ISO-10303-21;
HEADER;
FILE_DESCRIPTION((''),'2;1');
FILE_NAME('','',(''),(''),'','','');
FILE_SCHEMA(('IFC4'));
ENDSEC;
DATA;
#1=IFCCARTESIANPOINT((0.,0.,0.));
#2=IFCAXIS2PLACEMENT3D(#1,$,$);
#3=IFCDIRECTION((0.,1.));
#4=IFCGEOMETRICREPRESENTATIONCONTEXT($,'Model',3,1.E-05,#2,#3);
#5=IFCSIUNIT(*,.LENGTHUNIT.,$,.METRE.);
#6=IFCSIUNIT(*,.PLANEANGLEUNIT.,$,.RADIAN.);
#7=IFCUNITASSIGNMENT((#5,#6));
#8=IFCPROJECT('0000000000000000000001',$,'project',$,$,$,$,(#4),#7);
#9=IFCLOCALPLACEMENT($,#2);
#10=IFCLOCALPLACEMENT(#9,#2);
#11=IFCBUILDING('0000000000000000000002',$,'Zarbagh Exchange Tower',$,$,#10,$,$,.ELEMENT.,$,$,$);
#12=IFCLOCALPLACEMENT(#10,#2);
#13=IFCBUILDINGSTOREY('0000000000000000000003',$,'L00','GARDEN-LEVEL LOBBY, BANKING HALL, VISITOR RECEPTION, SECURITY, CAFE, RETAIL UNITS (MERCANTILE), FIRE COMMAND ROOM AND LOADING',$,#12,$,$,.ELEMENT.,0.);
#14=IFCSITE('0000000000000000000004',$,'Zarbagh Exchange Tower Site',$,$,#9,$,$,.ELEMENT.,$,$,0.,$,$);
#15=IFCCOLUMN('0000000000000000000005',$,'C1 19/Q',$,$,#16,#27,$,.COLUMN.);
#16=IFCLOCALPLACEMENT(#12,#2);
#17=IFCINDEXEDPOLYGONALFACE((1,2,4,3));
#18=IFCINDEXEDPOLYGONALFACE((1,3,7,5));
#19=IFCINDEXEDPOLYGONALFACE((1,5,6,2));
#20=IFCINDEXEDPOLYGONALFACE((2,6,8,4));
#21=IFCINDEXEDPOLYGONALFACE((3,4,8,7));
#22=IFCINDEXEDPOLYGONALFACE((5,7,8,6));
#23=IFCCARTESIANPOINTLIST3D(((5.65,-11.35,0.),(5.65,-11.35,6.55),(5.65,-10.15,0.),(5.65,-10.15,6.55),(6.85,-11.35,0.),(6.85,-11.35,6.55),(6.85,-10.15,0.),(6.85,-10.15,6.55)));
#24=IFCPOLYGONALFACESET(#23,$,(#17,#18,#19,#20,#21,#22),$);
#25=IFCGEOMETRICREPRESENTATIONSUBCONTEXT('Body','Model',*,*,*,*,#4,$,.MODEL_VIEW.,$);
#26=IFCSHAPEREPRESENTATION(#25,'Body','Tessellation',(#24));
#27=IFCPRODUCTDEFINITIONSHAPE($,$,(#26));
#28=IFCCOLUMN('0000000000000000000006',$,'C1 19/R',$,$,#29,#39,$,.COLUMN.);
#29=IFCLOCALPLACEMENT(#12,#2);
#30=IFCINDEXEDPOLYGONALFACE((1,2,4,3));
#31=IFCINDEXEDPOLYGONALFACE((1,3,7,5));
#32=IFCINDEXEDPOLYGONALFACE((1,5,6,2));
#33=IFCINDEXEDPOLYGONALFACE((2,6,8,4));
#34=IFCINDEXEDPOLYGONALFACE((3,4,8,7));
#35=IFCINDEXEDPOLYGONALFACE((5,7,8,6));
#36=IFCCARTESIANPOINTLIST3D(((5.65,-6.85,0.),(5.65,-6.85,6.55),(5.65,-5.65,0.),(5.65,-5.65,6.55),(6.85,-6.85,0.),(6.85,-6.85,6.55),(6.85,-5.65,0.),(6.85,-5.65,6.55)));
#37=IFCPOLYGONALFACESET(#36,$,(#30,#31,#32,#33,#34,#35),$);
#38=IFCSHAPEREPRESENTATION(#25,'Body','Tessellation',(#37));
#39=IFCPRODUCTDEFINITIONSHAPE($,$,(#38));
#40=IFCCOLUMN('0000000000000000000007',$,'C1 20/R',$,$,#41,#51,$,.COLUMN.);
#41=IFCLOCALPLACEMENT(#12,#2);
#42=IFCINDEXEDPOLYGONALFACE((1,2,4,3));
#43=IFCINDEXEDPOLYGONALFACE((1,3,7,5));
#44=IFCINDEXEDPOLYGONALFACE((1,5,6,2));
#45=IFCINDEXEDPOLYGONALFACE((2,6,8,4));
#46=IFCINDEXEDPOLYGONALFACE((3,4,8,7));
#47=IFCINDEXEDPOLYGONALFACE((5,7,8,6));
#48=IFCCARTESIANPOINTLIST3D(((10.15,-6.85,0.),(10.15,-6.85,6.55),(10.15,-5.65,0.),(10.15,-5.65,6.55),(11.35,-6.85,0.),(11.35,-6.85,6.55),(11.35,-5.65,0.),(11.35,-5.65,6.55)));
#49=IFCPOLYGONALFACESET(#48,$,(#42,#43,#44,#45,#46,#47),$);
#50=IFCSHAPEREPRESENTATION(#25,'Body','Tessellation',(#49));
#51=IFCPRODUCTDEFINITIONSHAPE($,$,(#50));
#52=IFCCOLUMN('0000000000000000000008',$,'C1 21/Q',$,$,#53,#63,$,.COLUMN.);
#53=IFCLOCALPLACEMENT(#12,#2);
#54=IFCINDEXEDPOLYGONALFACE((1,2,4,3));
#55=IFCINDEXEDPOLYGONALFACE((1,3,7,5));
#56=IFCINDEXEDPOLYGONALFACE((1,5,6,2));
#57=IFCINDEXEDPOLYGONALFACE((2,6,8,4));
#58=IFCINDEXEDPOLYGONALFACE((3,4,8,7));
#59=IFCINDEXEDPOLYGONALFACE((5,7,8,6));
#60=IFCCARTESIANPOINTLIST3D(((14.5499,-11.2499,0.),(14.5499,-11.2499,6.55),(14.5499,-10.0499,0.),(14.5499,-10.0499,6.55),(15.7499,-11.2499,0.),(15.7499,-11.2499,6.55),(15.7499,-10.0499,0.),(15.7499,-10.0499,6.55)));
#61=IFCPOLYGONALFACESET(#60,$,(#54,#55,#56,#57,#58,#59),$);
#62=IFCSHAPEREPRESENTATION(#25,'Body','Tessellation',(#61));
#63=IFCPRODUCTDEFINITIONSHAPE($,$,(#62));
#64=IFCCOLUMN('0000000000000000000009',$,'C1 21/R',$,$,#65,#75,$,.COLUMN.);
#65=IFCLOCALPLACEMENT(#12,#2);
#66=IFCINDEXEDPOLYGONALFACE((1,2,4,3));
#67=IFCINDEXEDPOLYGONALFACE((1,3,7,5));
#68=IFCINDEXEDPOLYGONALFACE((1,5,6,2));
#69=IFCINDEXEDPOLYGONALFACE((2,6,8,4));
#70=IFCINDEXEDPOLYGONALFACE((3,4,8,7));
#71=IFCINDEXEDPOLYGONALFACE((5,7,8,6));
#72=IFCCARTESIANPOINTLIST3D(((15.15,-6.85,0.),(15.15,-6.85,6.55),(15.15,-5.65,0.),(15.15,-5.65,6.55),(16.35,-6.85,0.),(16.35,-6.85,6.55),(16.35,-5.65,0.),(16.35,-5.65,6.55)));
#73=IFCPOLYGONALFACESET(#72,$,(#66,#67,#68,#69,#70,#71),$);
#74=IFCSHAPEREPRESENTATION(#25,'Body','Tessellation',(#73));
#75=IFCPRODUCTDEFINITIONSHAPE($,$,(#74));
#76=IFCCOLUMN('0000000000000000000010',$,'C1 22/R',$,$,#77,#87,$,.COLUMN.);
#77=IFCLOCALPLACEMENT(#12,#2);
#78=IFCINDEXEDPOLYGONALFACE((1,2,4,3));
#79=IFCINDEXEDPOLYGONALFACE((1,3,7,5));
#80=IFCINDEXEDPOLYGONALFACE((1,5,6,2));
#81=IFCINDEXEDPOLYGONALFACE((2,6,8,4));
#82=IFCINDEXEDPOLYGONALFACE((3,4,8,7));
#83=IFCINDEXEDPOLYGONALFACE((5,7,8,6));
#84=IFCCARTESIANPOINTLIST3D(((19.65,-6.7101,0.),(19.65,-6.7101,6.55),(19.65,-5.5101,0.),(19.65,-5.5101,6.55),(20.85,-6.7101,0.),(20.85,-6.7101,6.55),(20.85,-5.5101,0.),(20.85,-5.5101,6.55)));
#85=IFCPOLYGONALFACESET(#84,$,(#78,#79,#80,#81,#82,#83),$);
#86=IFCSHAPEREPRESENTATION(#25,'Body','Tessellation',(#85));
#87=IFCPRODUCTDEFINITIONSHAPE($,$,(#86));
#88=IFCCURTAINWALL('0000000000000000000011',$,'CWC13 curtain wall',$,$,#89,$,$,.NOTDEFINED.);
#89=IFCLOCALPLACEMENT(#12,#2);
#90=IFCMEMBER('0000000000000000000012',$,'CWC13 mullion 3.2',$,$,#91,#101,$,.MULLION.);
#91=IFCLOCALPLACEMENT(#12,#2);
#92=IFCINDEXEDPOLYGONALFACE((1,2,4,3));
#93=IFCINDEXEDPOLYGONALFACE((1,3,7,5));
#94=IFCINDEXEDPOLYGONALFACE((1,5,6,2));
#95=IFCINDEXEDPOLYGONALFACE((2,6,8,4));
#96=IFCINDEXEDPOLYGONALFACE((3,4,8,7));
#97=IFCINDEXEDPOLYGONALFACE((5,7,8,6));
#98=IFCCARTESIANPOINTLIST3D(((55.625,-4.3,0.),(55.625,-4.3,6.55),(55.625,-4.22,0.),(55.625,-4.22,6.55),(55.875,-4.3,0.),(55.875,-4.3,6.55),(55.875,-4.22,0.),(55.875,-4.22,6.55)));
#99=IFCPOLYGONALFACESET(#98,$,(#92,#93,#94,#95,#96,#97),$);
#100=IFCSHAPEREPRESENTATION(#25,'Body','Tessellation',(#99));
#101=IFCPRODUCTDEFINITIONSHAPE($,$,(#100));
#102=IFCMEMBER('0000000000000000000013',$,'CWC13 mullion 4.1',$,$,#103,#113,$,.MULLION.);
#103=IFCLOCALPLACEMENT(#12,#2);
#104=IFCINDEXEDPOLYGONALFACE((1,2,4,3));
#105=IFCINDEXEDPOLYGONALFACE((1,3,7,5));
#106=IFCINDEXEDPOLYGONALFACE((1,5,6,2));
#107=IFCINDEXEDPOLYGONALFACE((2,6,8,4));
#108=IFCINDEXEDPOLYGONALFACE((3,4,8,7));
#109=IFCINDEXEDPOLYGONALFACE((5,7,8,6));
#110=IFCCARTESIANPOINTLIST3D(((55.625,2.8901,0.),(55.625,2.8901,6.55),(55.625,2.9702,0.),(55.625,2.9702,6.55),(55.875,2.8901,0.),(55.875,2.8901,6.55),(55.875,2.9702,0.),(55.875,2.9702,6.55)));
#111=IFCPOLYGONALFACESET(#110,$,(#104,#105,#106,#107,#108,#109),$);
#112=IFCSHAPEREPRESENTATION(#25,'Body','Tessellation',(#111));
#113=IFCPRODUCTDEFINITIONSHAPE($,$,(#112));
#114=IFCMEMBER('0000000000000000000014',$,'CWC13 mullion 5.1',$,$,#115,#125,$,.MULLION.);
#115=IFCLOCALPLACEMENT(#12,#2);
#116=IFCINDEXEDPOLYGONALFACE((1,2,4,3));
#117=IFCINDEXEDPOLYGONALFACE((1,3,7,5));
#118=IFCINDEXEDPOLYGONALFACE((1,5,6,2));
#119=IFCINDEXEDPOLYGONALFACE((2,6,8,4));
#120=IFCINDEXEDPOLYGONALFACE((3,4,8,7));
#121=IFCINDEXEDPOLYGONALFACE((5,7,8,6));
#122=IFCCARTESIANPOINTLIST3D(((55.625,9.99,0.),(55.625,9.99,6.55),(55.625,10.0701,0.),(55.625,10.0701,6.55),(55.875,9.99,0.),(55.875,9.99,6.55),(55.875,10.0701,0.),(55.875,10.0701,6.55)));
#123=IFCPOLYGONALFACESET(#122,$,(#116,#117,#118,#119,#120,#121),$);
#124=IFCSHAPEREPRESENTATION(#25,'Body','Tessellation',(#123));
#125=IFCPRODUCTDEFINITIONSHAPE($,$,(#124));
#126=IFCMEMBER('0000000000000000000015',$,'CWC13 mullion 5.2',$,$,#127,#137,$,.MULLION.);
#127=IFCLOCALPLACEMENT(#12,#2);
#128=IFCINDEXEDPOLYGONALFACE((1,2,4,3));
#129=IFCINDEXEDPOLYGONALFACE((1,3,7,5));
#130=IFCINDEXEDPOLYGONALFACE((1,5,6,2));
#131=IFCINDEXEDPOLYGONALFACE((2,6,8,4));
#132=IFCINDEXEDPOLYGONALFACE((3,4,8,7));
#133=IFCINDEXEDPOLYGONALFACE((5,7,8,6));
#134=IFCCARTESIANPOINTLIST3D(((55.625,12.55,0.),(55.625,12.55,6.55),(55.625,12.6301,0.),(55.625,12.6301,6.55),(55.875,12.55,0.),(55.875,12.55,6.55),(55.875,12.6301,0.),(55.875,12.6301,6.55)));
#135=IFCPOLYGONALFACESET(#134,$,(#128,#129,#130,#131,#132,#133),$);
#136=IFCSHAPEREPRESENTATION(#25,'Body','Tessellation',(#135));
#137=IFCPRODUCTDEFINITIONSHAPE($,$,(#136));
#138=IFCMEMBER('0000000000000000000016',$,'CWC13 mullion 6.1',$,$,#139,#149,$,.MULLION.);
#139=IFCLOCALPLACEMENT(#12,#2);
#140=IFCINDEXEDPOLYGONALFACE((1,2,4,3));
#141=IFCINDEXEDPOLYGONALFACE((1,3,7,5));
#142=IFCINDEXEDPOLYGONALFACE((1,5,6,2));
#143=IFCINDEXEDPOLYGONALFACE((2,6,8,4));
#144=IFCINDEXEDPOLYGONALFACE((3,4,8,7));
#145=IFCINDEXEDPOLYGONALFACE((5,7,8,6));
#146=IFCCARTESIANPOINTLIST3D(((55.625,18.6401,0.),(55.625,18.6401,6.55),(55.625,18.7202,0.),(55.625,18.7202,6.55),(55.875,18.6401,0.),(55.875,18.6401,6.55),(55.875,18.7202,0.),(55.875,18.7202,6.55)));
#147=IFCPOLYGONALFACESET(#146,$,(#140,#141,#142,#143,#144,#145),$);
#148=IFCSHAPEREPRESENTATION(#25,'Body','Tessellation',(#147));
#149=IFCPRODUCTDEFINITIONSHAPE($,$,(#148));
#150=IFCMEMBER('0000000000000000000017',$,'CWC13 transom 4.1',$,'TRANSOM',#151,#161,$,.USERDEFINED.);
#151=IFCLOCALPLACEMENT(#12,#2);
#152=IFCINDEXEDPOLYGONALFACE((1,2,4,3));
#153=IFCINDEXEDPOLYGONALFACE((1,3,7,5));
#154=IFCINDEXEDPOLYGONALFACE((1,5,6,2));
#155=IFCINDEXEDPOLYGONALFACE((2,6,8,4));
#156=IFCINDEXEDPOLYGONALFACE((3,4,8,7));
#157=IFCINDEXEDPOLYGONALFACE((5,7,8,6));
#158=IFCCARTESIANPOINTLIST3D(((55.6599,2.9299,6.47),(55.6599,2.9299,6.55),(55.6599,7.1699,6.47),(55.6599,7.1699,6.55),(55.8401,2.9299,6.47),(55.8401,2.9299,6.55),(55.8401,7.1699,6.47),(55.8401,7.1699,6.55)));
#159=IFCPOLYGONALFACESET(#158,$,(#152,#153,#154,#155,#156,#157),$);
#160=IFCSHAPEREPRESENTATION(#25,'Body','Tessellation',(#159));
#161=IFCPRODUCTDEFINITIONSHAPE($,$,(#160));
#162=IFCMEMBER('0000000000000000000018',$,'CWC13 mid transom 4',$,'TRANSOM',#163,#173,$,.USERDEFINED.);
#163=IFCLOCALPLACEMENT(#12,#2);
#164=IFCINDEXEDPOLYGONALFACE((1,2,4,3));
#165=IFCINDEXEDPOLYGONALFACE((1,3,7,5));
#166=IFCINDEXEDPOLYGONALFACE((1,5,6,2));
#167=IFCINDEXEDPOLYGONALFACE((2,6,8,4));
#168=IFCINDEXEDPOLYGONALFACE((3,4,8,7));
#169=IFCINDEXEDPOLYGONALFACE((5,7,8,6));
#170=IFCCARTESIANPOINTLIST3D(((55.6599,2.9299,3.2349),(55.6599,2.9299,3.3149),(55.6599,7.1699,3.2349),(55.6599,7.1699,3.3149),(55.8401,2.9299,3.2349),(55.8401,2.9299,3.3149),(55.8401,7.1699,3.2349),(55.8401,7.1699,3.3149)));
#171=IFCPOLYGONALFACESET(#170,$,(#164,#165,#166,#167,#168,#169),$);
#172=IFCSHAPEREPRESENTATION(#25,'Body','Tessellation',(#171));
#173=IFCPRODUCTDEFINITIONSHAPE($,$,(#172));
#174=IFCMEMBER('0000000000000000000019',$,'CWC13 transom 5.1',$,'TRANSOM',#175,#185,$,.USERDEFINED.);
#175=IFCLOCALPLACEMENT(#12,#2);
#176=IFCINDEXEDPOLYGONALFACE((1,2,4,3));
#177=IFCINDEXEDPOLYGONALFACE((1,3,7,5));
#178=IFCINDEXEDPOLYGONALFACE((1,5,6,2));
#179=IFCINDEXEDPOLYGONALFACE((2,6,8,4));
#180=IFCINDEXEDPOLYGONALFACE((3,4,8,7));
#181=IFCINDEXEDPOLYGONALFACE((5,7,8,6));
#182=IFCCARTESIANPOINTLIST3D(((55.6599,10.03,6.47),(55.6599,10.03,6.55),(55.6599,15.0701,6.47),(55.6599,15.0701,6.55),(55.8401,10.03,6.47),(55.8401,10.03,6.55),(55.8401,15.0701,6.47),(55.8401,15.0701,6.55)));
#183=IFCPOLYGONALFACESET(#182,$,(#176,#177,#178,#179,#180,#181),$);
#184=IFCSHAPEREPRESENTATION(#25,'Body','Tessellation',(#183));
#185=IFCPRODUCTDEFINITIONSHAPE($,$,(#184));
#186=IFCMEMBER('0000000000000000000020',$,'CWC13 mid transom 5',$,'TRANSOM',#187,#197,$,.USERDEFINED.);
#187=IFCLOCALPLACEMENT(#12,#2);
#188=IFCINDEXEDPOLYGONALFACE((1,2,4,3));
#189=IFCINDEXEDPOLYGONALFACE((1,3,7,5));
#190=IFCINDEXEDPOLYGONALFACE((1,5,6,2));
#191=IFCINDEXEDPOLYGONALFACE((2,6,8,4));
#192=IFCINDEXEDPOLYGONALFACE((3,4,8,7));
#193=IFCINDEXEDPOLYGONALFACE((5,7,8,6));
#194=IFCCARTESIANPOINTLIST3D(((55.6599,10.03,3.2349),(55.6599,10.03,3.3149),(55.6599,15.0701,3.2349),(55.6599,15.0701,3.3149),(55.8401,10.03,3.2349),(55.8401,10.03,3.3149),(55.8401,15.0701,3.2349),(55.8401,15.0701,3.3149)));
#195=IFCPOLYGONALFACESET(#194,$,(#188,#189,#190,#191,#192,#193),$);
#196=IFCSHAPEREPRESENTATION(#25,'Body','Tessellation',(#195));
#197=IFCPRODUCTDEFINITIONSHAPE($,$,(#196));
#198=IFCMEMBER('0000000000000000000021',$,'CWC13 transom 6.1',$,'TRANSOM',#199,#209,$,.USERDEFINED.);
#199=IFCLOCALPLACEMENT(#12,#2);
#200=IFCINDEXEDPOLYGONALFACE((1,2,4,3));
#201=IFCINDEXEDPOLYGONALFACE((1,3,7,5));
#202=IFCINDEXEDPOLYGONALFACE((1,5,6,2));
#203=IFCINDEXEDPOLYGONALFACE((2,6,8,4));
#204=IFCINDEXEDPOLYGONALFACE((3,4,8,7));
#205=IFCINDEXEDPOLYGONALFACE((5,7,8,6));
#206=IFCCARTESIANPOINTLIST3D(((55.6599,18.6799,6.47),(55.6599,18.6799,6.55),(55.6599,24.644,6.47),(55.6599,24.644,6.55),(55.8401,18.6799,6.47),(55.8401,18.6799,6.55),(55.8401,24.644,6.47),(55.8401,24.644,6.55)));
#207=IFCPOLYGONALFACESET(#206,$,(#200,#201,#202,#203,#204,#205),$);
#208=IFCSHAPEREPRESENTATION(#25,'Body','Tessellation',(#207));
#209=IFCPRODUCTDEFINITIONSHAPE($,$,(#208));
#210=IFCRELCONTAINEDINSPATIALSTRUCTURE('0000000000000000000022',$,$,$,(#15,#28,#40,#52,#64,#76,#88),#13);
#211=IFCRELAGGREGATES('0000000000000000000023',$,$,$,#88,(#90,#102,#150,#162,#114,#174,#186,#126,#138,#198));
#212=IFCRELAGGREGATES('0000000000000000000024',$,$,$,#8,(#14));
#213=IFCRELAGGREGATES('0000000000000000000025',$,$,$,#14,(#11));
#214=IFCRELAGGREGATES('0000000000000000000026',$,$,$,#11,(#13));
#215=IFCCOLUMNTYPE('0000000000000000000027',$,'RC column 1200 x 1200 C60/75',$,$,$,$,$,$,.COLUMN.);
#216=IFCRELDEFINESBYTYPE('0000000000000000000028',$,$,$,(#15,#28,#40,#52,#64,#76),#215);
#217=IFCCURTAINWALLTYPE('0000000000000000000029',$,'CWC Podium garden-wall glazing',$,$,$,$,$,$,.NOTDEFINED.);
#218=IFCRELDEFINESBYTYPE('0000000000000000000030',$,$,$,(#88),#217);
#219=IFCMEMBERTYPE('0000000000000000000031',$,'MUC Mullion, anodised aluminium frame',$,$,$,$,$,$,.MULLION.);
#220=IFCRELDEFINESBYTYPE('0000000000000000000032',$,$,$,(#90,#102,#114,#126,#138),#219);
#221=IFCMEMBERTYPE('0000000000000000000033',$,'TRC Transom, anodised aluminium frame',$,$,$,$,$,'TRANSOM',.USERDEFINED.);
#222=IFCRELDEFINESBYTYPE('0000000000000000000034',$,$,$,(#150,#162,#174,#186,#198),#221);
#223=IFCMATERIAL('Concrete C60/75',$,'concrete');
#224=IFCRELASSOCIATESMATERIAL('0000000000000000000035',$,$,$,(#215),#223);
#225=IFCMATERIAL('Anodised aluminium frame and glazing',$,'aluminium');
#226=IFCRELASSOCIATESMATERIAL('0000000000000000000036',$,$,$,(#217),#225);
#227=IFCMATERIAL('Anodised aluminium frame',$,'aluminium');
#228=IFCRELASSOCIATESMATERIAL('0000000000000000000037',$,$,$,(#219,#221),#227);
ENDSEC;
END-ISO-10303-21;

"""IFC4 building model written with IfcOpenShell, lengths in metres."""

from ifc_helpers import new_model, si_unit, direction, frame, origin, origin_2d, place, context, subcontext, project, spatial, polyline, rectangle, outline, extrude, source, transform, mapped, material, material_profile, profile_set, type_object, element, aggregate, save


model = new_model("IFC4")

# Units and contexts
model_context = context("Model", 3, precision=1e-05, world=origin(), true_north=direction((0.0, 1.0)))
body_context = subcontext(model_context, "Body", "Model", "MODEL_VIEW")
ifc_project = project(units=[si_unit("LENGTHUNIT", "METRE"), si_unit("PLANEANGLEUNIT", "RADIAN")], contexts=[model_context])

# Site, building, storey
site_placement = place(None, origin())
site = spatial("IfcSite", under=ifc_project, at=site_placement, Name="Zarbagh Exchange Tower Site", CompositionType="ELEMENT", RefElevation=0.0)
building_placement = place(site_placement, origin())
building = spatial("IfcBuilding", under=site, at=building_placement, Name="Zarbagh Exchange Tower", CompositionType="ELEMENT")
storey_placement = place(building_placement, origin())
storey = spatial("IfcBuildingStorey", under=building, at=storey_placement, Name="L00", Description="GARDEN-LEVEL LOBBY, BANKING HALL, VISITOR RECEPTION, SECURITY, CAFE, RETAIL UNITS (MERCANTILE), FIRE COMMAND ROOM AND LOADING", CompositionType="ELEMENT", Elevation=0.0)

# Columns
ifc_material_1 = material(Name="Concrete C60/75", Category="concrete")
ifc_material_profile = material_profile(ifc_material_1, rectangle(XDim=1.2, YDim=1.2, at=origin_2d()), Name="RC column 1200 x 1200 C60/75")
ifc_profile_set = profile_set([ifc_material_profile], Name="Concrete C60/75")
column_type = type_object("IfcColumnType", Name="RC column 1200 x 1200 C60/75", PredefinedType="COLUMN", material=ifc_profile_set)
for number, where, z_axis, x_axis, name in (
    (1, (6.25, -10.75, 0.0), (0.0, 0.0, 1.0), (1.0, 0.0, 0.0), "C1 19/Q"),
    (2, (6.25, -6.25, 0.0), (0.0, 0.0, 1.0), (1.0, 0.0, 0.0), "C1 19/R"),
    (3, (10.75, -6.25, 0.0), (0.0, 0.0, 1.0), (1.0, 0.0, 0.0), "C1 20/R"),
    (4, (15.1499, -10.6499, 0.0), (0.0, 0.0, 1.0), (1.0, 0.0, 0.0), "C1 21/Q"),
    (5, (15.75, -6.25, 0.0), (0.0, 0.0, 1.0), (1.0, 0.0, 0.0), "C1 21/R"),
    (6, (20.25, -6.1101, 0.0), (0.0, 0.0, 1.0), (1.0, 0.0, 0.0), "C1 22/R"),
):
    element("IfcColumn", number, at=place(storey_placement, frame(where, z_axis=z_axis, x_axis=x_axis)), inside=storey, type_object=column_type, Name=name, PredefinedType="COLUMN", context=body_context, shape_type="SweptSolid", body=[
        extrude(rectangle(XDim=1.2, YDim=1.2, at=origin_2d()), origin(), (0.0, 0.0, 1.0), 6.55),
    ])

# Curtain wall, members
ifc_material_2 = material(Name="Anodised aluminium frame and glazing", Category="aluminium")
curtain_wall_type = type_object("IfcCurtainWallType", Name="CWC Podium garden-wall glazing", PredefinedType="NOTDEFINED", material=ifc_material_2)
curtain_wall_placement = place(storey_placement, origin())
curtain_wall = element("IfcCurtainWall", 7, at=curtain_wall_placement, inside=storey, type_object=curtain_wall_type, Name="CWC13 curtain wall", PredefinedType="NOTDEFINED")
ifc_material_3 = material(Name="Anodised aluminium frame", Category="aluminium")
member_type_1 = type_object("IfcMemberType", Name="MUC Mullion, anodised aluminium frame", PredefinedType="MULLION", material=ifc_material_3)
shared_shape_1 = source(origin(), body_context, "Body", "SweptSolid", [
    extrude(outline(polyline([(0.0, -0.125), (0.0801, -0.125), (0.0801, 0.125), (0.0, 0.125), (0.0, -0.125)])), origin(), (0.0, 0.0, 1.0), 6.55),
])
placement = place(storey_placement, origin())
member_1 = element("IfcMember", 8, at=placement, type_object=member_type_1, Name="CWC13 mullion 3.2", PredefinedType="MULLION", context=body_context, shape_type="MappedRepresentation", body=[
    mapped(shared_shape_1, transform((55.75, -4.3, 0.0), x_axis=(0.0, 1.0, 0.0), y_axis=(-1.0, 0.0, 0.0), z_axis=(0.0, 0.0, 1.0))),
])
member_2 = element("IfcMember", 9, at=placement, type_object=member_type_1, Name="CWC13 mullion 4.1", PredefinedType="MULLION", context=body_context, shape_type="MappedRepresentation", body=[
    mapped(shared_shape_1, transform((55.75, 2.8901, 0.0), x_axis=(0.0, 1.0, 0.0), y_axis=(-1.0, 0.0, 0.0), z_axis=(0.0, 0.0, 1.0))),
])
member_3 = element("IfcMember", 10, at=placement, type_object=member_type_1, Name="CWC13 mullion 5.1", PredefinedType="MULLION", context=body_context, shape_type="MappedRepresentation", body=[
    mapped(shared_shape_1, transform((55.75, 9.99, 0.0), x_axis=(0.0, 1.0, 0.0), y_axis=(-1.0, 0.0, 0.0), z_axis=(0.0, 0.0, 1.0))),
])
member_4 = element("IfcMember", 11, at=placement, type_object=member_type_1, Name="CWC13 mullion 5.2", PredefinedType="MULLION", context=body_context, shape_type="MappedRepresentation", body=[
    mapped(shared_shape_1, transform((55.75, 12.55, 0.0), x_axis=(0.0, 1.0, 0.0), y_axis=(-1.0, 0.0, 0.0), z_axis=(0.0, 0.0, 1.0))),
])
member_5 = element("IfcMember", 12, at=placement, type_object=member_type_1, Name="CWC13 mullion 6.1", PredefinedType="MULLION", context=body_context, shape_type="MappedRepresentation", body=[
    mapped(shared_shape_1, transform((55.75, 18.6401, 0.0), x_axis=(0.0, 1.0, 0.0), y_axis=(-1.0, 0.0, 0.0), z_axis=(0.0, 0.0, 1.0))),
])
member_type_2 = type_object("IfcMemberType", Name="TRC Transom, anodised aluminium frame", ElementType="TRANSOM", PredefinedType="USERDEFINED", material=ifc_material_3)
shared_shape_2 = source(origin(), body_context, "Body", "SweptSolid", [
    extrude(outline(polyline([(-0.0801, -0.0901), (0.0, -0.0901), (0.0, 0.0901), (-0.0801, 0.0901), (-0.0801, -0.0901)])), origin(), (0.0, 0.0, 1.0), 4.24),
])
member_6 = element("IfcMember", 13, at=placement, type_object=member_type_2, Name="CWC13 transom 4.1", ObjectType="TRANSOM", PredefinedType="USERDEFINED", context=body_context, shape_type="MappedRepresentation", body=[
    mapped(shared_shape_2, transform((55.75, 2.9299, 6.55), x_axis=(0.0, 0.0, 1.0), y_axis=(1.0, 0.0, 0.0), z_axis=(0.0, 1.0, 0.0))),
])
shared_shape_3 = source(origin(), body_context, "Body", "SweptSolid", [
    extrude(outline(polyline([(-0.04, -0.0901), (0.04, -0.0901), (0.04, 0.0901), (-0.04, 0.0901), (-0.04, -0.0901)])), origin(), (0.0, 0.0, 1.0), 4.24),
])
member_7 = element("IfcMember", 14, at=placement, type_object=member_type_2, Name="CWC13 mid transom 4", ObjectType="TRANSOM", PredefinedType="USERDEFINED", context=body_context, shape_type="MappedRepresentation", body=[
    mapped(shared_shape_3, transform((55.75, 2.9299, 3.2749), x_axis=(0.0, 0.0, 1.0), y_axis=(1.0, 0.0, 0.0), z_axis=(0.0, 1.0, 0.0))),
])
shared_shape_4 = source(origin(), body_context, "Body", "SweptSolid", [
    extrude(outline(polyline([(-0.0801, -0.0901), (0.0, -0.0901), (0.0, 0.0901), (-0.0801, 0.0901), (-0.0801, -0.0901)])), origin(), (0.0, 0.0, 1.0), 5.04),
])
member_8 = element("IfcMember", 15, at=placement, type_object=member_type_2, Name="CWC13 transom 5.1", ObjectType="TRANSOM", PredefinedType="USERDEFINED", context=body_context, shape_type="MappedRepresentation", body=[
    mapped(shared_shape_4, transform((55.75, 10.03, 6.55), x_axis=(0.0, 0.0, 1.0), y_axis=(1.0, 0.0, 0.0), z_axis=(0.0, 1.0, 0.0))),
])
shared_shape_5 = source(origin(), body_context, "Body", "SweptSolid", [
    extrude(outline(polyline([(-0.04, -0.0901), (0.04, -0.0901), (0.04, 0.0901), (-0.04, 0.0901), (-0.04, -0.0901)])), origin(), (0.0, 0.0, 1.0), 5.04),
])
member_9 = element("IfcMember", 16, at=placement, type_object=member_type_2, Name="CWC13 mid transom 5", ObjectType="TRANSOM", PredefinedType="USERDEFINED", context=body_context, shape_type="MappedRepresentation", body=[
    mapped(shared_shape_5, transform((55.75, 10.03, 3.2749), x_axis=(0.0, 0.0, 1.0), y_axis=(1.0, 0.0, 0.0), z_axis=(0.0, 1.0, 0.0))),
])
shared_shape_6 = source(origin(), body_context, "Body", "SweptSolid", [
    extrude(outline(polyline([(-0.0801, -0.0901), (0.0, -0.0901), (0.0, 0.0901), (-0.0801, 0.0901), (-0.0801, -0.0901)])), origin(), (0.0, 0.0, 1.0), 5.9641),
])
member_10 = element("IfcMember", 17, at=placement, type_object=member_type_2, Name="CWC13 transom 6.1", ObjectType="TRANSOM", PredefinedType="USERDEFINED", context=body_context, shape_type="MappedRepresentation", body=[
    mapped(shared_shape_6, transform((55.75, 18.6799, 6.55), x_axis=(0.0, 0.0, 1.0), y_axis=(1.0, 0.0, 0.0), z_axis=(0.0, 1.0, 0.0))),
])
aggregate(curtain_wall, [member_1, member_2, member_6, member_7, member_3, member_8, member_9, member_4, member_5, member_10])

save(model, "model.ifc")
